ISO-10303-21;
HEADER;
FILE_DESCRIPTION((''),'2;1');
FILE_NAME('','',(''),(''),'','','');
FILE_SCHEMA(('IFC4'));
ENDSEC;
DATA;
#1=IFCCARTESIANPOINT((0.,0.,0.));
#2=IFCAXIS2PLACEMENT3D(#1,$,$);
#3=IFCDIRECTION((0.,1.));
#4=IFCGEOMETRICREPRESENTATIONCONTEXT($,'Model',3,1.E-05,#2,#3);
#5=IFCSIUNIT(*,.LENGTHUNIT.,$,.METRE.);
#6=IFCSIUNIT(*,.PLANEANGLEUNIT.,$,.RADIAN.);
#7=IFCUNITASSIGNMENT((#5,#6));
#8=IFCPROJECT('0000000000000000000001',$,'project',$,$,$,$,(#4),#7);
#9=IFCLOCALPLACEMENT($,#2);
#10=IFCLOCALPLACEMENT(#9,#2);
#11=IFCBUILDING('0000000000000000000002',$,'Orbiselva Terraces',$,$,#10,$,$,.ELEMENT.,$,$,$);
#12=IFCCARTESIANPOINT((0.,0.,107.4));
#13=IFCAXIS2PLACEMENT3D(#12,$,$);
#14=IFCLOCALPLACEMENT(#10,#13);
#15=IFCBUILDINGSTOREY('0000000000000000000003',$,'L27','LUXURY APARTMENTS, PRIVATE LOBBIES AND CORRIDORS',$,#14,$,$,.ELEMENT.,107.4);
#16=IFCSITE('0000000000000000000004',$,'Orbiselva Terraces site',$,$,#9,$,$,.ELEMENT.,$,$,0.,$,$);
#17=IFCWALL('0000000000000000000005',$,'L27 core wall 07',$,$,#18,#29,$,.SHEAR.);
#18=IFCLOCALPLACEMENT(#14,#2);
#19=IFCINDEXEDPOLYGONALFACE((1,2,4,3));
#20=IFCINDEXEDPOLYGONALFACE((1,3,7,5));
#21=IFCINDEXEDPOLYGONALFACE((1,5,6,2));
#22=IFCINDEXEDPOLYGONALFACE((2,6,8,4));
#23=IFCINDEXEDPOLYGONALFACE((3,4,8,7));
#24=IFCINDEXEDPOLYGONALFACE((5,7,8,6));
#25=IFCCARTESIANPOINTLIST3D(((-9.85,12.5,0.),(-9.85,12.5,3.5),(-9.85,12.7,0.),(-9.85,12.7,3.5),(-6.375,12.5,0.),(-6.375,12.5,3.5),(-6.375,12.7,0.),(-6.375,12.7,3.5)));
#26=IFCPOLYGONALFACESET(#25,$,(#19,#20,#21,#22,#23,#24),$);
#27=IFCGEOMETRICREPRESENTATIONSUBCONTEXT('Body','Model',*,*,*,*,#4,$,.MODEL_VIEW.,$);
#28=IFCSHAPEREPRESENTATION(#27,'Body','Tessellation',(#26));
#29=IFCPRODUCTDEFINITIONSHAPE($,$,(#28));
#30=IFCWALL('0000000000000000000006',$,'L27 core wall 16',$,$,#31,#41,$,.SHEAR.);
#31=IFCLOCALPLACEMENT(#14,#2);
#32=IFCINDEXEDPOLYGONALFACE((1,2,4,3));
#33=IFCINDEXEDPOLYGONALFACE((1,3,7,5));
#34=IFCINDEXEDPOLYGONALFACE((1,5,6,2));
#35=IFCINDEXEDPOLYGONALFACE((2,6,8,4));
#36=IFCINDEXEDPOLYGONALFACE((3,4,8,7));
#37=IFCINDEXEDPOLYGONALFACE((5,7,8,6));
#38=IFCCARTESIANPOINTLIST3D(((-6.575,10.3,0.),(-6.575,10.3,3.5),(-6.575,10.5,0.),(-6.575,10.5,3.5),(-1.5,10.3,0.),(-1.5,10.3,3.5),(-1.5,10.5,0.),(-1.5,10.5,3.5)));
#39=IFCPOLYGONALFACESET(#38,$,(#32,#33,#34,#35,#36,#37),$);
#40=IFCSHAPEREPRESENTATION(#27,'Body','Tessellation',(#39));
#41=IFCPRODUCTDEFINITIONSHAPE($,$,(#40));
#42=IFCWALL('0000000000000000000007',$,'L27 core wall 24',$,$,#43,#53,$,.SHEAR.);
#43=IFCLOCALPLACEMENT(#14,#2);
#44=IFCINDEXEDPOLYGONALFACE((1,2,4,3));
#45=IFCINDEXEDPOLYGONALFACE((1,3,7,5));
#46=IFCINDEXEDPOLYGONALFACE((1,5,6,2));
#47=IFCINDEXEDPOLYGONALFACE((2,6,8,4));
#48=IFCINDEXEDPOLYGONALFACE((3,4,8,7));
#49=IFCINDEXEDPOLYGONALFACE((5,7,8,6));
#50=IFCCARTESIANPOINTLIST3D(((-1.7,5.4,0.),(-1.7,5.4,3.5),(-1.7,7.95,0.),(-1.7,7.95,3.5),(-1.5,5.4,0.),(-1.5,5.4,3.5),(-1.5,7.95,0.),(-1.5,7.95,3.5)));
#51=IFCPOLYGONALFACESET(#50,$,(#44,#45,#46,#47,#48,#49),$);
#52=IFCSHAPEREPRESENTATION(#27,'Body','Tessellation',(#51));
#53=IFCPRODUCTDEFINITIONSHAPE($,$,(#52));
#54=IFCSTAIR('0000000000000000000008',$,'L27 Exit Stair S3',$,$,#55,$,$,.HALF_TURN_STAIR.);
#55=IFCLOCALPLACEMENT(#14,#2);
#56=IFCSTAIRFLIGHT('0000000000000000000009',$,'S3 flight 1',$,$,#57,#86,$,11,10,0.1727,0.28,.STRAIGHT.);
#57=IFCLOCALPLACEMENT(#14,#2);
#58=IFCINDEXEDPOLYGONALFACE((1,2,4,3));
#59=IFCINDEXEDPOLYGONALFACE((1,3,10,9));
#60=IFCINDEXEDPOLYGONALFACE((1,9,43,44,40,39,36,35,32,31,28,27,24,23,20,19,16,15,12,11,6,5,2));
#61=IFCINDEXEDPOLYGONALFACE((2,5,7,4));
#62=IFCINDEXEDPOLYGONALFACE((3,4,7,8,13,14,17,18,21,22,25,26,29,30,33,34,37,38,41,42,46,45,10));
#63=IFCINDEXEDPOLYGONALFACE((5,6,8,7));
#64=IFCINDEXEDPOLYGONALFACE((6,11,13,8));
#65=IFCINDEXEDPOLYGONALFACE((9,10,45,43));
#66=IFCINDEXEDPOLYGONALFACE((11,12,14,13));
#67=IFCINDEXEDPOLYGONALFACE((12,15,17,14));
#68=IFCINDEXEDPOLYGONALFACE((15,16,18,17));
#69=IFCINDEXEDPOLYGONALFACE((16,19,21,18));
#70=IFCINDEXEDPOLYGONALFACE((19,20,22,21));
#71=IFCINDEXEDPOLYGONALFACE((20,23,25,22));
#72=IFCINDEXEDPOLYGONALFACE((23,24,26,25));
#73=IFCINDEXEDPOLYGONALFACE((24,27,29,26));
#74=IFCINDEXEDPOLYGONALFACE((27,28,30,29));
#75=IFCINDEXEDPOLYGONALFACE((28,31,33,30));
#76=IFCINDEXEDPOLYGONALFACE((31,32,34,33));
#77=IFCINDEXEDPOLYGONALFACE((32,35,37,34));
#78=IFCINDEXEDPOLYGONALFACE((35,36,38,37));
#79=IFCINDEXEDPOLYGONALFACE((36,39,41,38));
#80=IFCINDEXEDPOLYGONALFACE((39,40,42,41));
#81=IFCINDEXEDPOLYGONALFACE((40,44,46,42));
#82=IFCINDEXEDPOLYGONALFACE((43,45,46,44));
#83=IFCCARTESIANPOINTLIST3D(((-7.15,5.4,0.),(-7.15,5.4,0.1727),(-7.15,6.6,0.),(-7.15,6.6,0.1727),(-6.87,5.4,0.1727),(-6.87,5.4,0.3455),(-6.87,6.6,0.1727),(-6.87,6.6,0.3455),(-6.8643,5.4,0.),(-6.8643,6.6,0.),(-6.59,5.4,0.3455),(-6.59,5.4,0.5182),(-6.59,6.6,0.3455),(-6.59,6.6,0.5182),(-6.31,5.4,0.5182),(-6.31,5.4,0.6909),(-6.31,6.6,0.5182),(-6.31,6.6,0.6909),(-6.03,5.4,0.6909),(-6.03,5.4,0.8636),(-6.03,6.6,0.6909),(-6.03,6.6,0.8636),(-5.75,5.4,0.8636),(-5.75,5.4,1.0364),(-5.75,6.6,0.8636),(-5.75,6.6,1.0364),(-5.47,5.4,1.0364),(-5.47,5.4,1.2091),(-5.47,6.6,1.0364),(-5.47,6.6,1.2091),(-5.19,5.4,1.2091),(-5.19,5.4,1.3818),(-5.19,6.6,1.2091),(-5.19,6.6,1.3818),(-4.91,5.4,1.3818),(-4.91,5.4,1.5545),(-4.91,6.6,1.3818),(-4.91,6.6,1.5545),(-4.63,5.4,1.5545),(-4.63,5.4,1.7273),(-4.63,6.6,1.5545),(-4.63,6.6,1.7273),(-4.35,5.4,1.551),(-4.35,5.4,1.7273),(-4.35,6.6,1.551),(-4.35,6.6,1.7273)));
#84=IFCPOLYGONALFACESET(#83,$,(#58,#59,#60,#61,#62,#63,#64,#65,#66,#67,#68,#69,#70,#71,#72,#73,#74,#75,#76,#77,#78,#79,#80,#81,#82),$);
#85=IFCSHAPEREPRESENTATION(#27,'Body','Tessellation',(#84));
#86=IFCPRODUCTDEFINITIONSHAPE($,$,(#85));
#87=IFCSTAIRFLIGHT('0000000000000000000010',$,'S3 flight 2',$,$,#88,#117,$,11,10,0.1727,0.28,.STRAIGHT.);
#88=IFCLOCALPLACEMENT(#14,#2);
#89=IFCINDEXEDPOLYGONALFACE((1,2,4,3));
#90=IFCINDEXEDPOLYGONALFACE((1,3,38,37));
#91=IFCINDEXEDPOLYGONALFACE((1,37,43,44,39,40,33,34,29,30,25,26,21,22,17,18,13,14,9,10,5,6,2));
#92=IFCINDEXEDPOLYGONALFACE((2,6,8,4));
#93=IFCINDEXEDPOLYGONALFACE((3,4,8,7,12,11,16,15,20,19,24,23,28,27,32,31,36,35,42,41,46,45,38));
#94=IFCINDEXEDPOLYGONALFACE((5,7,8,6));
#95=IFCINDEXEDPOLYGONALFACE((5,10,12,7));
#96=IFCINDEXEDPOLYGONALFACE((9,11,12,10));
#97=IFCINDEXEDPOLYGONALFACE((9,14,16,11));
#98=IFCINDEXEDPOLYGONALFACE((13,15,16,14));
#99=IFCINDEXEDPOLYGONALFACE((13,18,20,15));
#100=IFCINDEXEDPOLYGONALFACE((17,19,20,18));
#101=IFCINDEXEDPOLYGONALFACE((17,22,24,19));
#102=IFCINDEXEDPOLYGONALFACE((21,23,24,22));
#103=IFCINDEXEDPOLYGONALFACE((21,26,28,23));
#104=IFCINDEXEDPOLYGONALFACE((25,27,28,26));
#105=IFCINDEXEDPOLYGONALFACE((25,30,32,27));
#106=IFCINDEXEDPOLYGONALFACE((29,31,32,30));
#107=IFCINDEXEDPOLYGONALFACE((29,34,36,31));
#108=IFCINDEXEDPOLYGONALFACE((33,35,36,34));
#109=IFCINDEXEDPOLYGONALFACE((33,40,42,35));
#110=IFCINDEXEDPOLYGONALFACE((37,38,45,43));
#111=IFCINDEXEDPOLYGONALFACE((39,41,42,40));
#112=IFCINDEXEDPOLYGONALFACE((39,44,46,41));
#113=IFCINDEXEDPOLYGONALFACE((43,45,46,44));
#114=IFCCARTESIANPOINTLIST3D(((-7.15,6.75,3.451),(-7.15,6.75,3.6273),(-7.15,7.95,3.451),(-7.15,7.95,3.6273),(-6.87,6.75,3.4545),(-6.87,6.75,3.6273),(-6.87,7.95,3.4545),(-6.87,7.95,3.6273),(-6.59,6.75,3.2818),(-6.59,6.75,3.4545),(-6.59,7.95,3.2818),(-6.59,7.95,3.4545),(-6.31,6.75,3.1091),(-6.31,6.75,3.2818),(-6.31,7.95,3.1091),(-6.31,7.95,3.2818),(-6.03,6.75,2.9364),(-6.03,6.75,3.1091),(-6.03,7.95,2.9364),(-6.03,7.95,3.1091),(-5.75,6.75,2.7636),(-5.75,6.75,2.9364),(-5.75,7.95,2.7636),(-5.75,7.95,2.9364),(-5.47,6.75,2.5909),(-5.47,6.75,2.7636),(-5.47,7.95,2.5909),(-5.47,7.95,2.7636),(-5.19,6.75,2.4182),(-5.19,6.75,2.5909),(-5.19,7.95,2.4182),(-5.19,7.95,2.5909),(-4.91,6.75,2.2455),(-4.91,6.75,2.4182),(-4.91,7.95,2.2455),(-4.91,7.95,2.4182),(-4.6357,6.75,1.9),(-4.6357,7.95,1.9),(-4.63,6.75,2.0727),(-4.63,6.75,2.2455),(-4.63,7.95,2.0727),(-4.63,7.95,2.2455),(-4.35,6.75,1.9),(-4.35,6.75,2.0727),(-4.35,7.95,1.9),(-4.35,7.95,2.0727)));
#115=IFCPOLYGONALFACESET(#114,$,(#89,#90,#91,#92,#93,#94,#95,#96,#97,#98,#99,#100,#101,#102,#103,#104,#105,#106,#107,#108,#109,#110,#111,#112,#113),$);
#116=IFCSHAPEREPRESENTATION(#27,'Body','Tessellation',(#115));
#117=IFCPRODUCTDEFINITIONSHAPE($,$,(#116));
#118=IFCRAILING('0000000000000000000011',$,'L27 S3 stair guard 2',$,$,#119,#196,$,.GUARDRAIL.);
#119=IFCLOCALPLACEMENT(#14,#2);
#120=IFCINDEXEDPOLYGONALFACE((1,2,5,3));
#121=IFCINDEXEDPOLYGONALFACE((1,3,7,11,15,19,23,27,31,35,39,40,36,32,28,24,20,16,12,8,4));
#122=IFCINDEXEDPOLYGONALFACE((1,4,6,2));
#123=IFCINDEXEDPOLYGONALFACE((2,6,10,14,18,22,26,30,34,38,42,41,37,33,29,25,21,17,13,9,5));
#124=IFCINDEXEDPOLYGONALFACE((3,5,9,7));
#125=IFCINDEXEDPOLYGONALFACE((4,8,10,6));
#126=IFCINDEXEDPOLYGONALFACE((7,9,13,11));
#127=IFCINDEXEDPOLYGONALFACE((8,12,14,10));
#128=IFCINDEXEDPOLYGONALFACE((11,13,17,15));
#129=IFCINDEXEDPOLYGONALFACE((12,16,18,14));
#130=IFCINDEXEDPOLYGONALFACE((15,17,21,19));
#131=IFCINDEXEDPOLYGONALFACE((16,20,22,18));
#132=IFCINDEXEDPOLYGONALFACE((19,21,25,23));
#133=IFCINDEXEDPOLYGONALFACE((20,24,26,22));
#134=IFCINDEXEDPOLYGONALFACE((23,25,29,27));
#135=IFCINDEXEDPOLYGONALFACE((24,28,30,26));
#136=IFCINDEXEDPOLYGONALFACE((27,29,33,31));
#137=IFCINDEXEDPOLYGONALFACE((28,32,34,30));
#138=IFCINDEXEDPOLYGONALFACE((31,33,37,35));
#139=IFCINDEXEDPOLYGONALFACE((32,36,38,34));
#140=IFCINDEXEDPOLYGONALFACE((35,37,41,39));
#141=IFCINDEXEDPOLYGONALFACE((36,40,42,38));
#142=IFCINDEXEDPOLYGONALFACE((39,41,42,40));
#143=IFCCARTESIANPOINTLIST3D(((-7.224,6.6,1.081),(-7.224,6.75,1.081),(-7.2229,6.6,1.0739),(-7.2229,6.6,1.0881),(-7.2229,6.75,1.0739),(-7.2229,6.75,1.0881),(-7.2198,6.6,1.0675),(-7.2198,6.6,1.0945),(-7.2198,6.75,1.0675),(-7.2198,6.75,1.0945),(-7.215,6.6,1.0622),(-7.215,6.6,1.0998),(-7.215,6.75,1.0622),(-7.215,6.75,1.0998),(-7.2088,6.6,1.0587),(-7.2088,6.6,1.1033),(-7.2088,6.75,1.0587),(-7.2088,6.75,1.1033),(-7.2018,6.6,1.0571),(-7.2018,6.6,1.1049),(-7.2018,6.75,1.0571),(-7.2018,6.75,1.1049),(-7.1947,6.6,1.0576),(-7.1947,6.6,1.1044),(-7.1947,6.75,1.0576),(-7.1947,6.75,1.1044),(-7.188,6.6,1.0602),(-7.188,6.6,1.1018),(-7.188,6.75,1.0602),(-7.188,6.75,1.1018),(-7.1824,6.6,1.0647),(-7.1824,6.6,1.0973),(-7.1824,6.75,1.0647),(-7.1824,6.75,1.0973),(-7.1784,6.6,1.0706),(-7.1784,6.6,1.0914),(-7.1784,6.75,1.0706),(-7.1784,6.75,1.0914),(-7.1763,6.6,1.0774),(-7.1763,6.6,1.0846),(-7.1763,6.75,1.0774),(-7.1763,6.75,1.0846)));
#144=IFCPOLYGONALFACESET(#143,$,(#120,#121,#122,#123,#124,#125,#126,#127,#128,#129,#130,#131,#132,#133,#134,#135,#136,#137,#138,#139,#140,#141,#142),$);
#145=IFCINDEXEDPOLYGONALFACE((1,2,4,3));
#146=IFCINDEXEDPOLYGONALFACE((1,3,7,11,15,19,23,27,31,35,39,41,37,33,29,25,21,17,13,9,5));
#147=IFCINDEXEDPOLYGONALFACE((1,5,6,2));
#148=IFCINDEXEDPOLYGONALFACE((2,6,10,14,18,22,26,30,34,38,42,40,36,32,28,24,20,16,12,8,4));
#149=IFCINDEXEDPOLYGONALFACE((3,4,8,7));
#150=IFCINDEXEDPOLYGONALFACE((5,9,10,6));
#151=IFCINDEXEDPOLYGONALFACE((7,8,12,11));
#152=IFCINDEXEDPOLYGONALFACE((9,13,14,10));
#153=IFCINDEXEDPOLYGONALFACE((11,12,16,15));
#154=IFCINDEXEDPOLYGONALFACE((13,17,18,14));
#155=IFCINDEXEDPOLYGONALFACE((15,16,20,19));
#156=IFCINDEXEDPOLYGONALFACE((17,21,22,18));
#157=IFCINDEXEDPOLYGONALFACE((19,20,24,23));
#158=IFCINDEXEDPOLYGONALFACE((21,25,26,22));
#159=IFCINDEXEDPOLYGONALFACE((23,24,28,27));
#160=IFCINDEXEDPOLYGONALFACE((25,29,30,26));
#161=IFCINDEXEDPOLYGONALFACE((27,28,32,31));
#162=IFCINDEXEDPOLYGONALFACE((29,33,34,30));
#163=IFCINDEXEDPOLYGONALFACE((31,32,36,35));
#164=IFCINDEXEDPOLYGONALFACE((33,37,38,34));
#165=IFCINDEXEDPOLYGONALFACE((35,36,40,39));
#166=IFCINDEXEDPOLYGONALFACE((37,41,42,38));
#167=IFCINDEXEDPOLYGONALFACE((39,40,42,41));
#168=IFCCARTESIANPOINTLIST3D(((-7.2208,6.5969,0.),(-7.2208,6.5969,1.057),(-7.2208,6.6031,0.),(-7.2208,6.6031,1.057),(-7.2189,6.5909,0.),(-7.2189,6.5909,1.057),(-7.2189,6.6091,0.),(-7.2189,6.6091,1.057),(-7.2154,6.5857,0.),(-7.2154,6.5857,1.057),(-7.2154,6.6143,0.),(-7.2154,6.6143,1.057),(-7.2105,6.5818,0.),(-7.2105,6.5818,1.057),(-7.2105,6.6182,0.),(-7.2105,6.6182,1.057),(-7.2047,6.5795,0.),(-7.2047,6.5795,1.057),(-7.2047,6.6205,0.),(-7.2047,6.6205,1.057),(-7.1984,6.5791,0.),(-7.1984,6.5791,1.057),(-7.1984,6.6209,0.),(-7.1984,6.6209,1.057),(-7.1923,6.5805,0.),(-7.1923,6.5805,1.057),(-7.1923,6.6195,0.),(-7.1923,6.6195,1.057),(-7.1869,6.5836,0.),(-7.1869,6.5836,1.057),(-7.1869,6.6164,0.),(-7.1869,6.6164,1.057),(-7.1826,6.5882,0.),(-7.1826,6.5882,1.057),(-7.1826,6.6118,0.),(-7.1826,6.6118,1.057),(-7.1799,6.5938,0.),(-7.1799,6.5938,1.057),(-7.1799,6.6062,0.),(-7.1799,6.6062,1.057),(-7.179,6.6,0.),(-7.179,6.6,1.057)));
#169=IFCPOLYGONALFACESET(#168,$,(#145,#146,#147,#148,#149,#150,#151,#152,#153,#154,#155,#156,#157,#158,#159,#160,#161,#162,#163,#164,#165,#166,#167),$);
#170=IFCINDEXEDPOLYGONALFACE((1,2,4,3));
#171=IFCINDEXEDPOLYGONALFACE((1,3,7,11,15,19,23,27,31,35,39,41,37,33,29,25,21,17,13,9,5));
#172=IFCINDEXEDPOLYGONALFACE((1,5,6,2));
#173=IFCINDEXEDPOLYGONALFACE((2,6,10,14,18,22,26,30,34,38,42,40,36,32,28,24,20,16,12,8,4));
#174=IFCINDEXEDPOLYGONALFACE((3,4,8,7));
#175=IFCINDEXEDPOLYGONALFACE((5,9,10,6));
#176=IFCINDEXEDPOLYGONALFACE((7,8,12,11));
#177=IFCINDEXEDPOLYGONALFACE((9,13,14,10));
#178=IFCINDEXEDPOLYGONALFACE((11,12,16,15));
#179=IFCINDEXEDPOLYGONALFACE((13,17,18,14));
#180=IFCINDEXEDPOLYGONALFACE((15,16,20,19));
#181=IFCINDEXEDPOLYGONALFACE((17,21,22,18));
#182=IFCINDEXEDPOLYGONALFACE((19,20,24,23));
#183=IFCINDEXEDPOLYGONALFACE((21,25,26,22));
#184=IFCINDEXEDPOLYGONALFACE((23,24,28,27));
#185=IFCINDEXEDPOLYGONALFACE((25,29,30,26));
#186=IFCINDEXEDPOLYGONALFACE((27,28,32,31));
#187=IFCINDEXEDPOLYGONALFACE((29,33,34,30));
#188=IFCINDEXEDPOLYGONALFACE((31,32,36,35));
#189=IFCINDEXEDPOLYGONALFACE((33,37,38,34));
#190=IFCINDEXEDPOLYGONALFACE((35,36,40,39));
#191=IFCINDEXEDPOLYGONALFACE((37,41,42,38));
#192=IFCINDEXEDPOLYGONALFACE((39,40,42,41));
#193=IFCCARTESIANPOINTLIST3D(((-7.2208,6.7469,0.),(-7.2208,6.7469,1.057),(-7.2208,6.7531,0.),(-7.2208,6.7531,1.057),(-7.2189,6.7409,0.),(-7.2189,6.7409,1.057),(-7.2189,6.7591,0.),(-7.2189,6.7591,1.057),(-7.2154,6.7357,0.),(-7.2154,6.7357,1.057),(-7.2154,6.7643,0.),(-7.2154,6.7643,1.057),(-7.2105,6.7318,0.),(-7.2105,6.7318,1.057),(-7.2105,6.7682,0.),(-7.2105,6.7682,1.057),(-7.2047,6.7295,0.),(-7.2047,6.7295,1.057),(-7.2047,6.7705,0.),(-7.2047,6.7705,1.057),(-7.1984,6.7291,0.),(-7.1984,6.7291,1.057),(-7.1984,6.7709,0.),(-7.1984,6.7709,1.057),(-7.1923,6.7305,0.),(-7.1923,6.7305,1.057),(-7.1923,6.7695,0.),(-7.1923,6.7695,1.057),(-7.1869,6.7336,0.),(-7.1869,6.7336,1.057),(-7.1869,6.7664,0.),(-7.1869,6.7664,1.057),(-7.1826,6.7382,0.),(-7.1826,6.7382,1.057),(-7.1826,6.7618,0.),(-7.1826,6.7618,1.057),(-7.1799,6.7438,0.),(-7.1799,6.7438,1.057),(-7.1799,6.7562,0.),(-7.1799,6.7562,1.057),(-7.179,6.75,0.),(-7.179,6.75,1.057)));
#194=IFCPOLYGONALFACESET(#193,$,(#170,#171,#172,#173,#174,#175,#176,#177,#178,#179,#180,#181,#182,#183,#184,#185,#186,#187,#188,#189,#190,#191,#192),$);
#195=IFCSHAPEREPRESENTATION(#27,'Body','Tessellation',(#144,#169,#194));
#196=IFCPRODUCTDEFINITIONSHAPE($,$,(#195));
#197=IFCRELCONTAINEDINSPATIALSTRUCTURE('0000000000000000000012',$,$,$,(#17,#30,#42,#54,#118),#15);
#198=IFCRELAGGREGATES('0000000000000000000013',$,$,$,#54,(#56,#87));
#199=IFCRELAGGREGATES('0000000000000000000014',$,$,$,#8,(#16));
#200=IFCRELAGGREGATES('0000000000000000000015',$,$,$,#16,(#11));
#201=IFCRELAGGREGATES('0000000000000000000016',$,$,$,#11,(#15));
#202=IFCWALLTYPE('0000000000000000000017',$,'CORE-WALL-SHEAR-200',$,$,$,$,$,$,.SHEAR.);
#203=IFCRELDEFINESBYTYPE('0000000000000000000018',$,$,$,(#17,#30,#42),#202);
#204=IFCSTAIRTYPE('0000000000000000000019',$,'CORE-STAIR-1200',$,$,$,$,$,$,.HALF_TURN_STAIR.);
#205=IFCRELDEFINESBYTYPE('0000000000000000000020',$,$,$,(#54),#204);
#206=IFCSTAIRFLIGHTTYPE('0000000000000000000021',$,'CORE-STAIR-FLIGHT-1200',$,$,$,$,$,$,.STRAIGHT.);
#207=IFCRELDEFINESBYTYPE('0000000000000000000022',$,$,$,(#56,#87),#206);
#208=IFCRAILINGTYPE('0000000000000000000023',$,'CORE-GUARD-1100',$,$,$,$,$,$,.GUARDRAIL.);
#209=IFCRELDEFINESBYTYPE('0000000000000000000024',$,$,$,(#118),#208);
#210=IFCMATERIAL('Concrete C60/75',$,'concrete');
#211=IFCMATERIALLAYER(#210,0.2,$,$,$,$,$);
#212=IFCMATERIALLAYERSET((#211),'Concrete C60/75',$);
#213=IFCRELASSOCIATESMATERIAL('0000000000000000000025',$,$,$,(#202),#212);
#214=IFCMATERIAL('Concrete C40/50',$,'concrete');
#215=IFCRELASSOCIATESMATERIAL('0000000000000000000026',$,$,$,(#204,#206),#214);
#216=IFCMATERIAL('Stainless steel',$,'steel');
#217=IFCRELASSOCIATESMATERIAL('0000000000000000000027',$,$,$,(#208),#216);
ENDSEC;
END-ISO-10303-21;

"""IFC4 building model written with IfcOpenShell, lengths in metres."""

from ifc_helpers import new_model, si_unit, direction, frame, frame_2d, origin, origin_2d, place, context, subcontext, project, spatial, polyline, rectangle, circle, outline, extrude, material, layer, layer_set, type_object, element, aggregate, save


model = new_model("IFC4")

# Units and contexts
model_context = context("Model", 3, precision=1e-05, world=origin(), true_north=direction((0.0, 1.0)))
body_context = subcontext(model_context, "Body", "Model", "MODEL_VIEW")
ifc_project = project(units=[si_unit("LENGTHUNIT", "METRE"), si_unit("PLANEANGLEUNIT", "RADIAN")], contexts=[model_context])

# Site, building, storey
site_placement = place(None, origin())
site = spatial("IfcSite", under=ifc_project, at=site_placement, Name="Orbiselva Terraces site", CompositionType="ELEMENT", RefElevation=0.0)
building_placement = place(site_placement, origin())
building = spatial("IfcBuilding", under=site, at=building_placement, Name="Orbiselva Terraces", CompositionType="ELEMENT")
storey_placement = place(building_placement, frame((0.0, 0.0, 107.4)))
storey = spatial("IfcBuildingStorey", under=building, at=storey_placement, Name="L27", Description="LUXURY APARTMENTS, PRIVATE LOBBIES AND CORRIDORS", CompositionType="ELEMENT", Elevation=107.4)

# Walls
ifc_material_1 = material(Name="Concrete C60/75", Category="concrete")
ifc_layer_1 = layer(ifc_material_1, 0.2)
ifc_layer_set_1 = layer_set([ifc_layer_1], Name="Concrete C60/75")
wall_type_1 = type_object("IfcWallType", Name="CORE-WALL-SHEAR-200", PredefinedType="SHEAR", material=ifc_layer_set_1)
wall_1_placement = place(storey_placement, frame((-9.85, 12.6, 0.0), z_axis=(0.0, 0.0, 1.0), x_axis=(1.0, 0.0, 0.0)))
element("IfcWall", 1, at=wall_1_placement, inside=storey, type_object=wall_type_1, Name="L27 core wall 07", PredefinedType="SHEAR", context=body_context, shape_type="SweptSolid", body=[
    extrude(rectangle(XDim=3.475, YDim=0.2, at=frame_2d((1.7375, 0.0))), origin(), (0.0, 0.0, 1.0), 3.5),
])
wall_2_placement = place(storey_placement, frame((-6.575, 10.4, 0.0), z_axis=(0.0, 0.0, 1.0), x_axis=(1.0, 0.0, 0.0)))
element("IfcWall", 2, at=wall_2_placement, inside=storey, type_object=wall_type_1, Name="L27 core wall 16", PredefinedType="SHEAR", context=body_context, shape_type="SweptSolid", body=[
    extrude(rectangle(XDim=5.075, YDim=0.2, at=frame_2d((2.5375, 0.0))), origin(), (0.0, 0.0, 1.0), 3.5),
])
wall_3_placement = place(storey_placement, frame((-1.6, 5.4, 0.0), z_axis=(0.0, 0.0, 1.0), x_axis=(0.0, 1.0, 0.0)))
element("IfcWall", 3, at=wall_3_placement, inside=storey, type_object=wall_type_1, Name="L27 core wall 24", PredefinedType="SHEAR", context=body_context, shape_type="SweptSolid", body=[
    extrude(rectangle(XDim=2.55, YDim=0.2, at=frame_2d((1.275, 0.0))), origin(), (0.0, 0.0, 1.0), 3.5),
])

# Stair, stair flights
ifc_material_2 = material(Name="Concrete C40/50", Category="concrete")
stair_type = type_object("IfcStairType", Name="CORE-STAIR-1200", PredefinedType="HALF_TURN_STAIR", material=ifc_material_2)
stair_placement = place(storey_placement, origin())
stair = element("IfcStair", 4, at=stair_placement, inside=storey, type_object=stair_type, Name="L27 Exit Stair S3", PredefinedType="HALF_TURN_STAIR")
stair_flight_type = type_object("IfcStairFlightType", Name="CORE-STAIR-FLIGHT-1200", PredefinedType="STRAIGHT", material=ifc_material_2)
stair_flight_1_placement = place(storey_placement, frame((-7.15, 6.0, 0.0), z_axis=(0.0, 0.0, 1.0), x_axis=(1.0, 0.0, 0.0)))
stair_flight_1 = element("IfcStairFlight", 5, at=stair_flight_1_placement, type_object=stair_flight_type, Name="S3 flight 1", NumberOfRisers=11, NumberOfTreads=10, PredefinedType="STRAIGHT", RiserHeight=0.1727, TreadLength=0.28, context=body_context, shape_type="SweptSolid", body=[
    extrude(outline(polyline([(0.0, 0.0), (0.0, 0.1727), (0.28, 0.1727), (0.28, 0.3455), (0.56, 0.3455), (0.56, 0.5182), (0.84, 0.5182), (0.84, 0.6909), (1.12, 0.6909), (1.12, 0.8636), (1.4, 0.8636), (1.4, 1.0364), (1.68, 1.0364), (1.68, 1.2091), (1.96, 1.2091), (1.96, 1.3818), (2.24, 1.3818), (2.24, 1.5545), (2.52, 1.5545), (2.52, 1.7273), (2.8, 1.7273), (2.8, 1.9), (2.8, 1.551), (0.2857, 0.0), (0.0, 0.0)])), frame((0.0, 0.6, 0.0), z_axis=(0.0, -1.0, 0.0), x_axis=(1.0, 0.0, 0.0)), (0.0, 0.0, 1.0), 1.2),
])
stair_flight_2_placement = place(storey_placement, frame((-4.35, 7.35, 1.9), z_axis=(0.0, 0.0, 1.0), x_axis=(-1.0, 0.0, 0.0)))
stair_flight_2 = element("IfcStairFlight", 6, at=stair_flight_2_placement, type_object=stair_flight_type, Name="S3 flight 2", NumberOfRisers=11, NumberOfTreads=10, PredefinedType="STRAIGHT", RiserHeight=0.1727, TreadLength=0.28, context=body_context, shape_type="SweptSolid", body=[
    extrude(outline(polyline([(0.0, 0.0), (0.0, 0.1727), (0.28, 0.1727), (0.28, 0.3455), (0.56, 0.3455), (0.56, 0.5182), (0.84, 0.5182), (0.84, 0.6909), (1.12, 0.6909), (1.12, 0.8636), (1.4, 0.8636), (1.4, 1.0364), (1.68, 1.0364), (1.68, 1.2091), (1.96, 1.2091), (1.96, 1.3818), (2.24, 1.3818), (2.24, 1.5545), (2.52, 1.5545), (2.52, 1.7273), (2.8, 1.7273), (2.8, 1.9), (2.8, 1.551), (0.2857, 0.0), (0.0, 0.0)])), frame((0.0, 0.6, 0.0), z_axis=(0.0, -1.0, 0.0), x_axis=(1.0, 0.0, 0.0)), (0.0, 0.0, 1.0), 1.2),
])
aggregate(stair, [stair_flight_1, stair_flight_2])

# Railing
ifc_material_3 = material(Name="Stainless steel", Category="steel")
railing_type_1 = type_object("IfcRailingType", Name="CORE-GUARD-1100", PredefinedType="GUARDRAIL", material=ifc_material_3)
railing_1_placement = place(storey_placement, frame((-7.2, 6.6, 0.0)))
element("IfcRailing", 7, at=railing_1_placement, inside=storey, type_object=railing_type_1, Name="L27 S3 stair guard 2", PredefinedType="GUARDRAIL", context=body_context, shape_type="SweptSolid", body=[
    extrude(circle(Radius=0.024, at=origin_2d()), frame((0.0, 0.0, 1.081), z_axis=(0.0, 1.0, 0.0), x_axis=(-1.0, 0.0, 0.0)), (0.0, 0.0, 1.0), 0.15),
    extrude(circle(Radius=0.021, at=origin_2d()), origin(), (0.0, 0.0, 1.0), 1.057),
    extrude(circle(Radius=0.021, at=origin_2d()), frame((0.0, 0.15, 0.0)), (0.0, 0.0, 1.0), 1.057),
])

save(model, "model.ifc")
